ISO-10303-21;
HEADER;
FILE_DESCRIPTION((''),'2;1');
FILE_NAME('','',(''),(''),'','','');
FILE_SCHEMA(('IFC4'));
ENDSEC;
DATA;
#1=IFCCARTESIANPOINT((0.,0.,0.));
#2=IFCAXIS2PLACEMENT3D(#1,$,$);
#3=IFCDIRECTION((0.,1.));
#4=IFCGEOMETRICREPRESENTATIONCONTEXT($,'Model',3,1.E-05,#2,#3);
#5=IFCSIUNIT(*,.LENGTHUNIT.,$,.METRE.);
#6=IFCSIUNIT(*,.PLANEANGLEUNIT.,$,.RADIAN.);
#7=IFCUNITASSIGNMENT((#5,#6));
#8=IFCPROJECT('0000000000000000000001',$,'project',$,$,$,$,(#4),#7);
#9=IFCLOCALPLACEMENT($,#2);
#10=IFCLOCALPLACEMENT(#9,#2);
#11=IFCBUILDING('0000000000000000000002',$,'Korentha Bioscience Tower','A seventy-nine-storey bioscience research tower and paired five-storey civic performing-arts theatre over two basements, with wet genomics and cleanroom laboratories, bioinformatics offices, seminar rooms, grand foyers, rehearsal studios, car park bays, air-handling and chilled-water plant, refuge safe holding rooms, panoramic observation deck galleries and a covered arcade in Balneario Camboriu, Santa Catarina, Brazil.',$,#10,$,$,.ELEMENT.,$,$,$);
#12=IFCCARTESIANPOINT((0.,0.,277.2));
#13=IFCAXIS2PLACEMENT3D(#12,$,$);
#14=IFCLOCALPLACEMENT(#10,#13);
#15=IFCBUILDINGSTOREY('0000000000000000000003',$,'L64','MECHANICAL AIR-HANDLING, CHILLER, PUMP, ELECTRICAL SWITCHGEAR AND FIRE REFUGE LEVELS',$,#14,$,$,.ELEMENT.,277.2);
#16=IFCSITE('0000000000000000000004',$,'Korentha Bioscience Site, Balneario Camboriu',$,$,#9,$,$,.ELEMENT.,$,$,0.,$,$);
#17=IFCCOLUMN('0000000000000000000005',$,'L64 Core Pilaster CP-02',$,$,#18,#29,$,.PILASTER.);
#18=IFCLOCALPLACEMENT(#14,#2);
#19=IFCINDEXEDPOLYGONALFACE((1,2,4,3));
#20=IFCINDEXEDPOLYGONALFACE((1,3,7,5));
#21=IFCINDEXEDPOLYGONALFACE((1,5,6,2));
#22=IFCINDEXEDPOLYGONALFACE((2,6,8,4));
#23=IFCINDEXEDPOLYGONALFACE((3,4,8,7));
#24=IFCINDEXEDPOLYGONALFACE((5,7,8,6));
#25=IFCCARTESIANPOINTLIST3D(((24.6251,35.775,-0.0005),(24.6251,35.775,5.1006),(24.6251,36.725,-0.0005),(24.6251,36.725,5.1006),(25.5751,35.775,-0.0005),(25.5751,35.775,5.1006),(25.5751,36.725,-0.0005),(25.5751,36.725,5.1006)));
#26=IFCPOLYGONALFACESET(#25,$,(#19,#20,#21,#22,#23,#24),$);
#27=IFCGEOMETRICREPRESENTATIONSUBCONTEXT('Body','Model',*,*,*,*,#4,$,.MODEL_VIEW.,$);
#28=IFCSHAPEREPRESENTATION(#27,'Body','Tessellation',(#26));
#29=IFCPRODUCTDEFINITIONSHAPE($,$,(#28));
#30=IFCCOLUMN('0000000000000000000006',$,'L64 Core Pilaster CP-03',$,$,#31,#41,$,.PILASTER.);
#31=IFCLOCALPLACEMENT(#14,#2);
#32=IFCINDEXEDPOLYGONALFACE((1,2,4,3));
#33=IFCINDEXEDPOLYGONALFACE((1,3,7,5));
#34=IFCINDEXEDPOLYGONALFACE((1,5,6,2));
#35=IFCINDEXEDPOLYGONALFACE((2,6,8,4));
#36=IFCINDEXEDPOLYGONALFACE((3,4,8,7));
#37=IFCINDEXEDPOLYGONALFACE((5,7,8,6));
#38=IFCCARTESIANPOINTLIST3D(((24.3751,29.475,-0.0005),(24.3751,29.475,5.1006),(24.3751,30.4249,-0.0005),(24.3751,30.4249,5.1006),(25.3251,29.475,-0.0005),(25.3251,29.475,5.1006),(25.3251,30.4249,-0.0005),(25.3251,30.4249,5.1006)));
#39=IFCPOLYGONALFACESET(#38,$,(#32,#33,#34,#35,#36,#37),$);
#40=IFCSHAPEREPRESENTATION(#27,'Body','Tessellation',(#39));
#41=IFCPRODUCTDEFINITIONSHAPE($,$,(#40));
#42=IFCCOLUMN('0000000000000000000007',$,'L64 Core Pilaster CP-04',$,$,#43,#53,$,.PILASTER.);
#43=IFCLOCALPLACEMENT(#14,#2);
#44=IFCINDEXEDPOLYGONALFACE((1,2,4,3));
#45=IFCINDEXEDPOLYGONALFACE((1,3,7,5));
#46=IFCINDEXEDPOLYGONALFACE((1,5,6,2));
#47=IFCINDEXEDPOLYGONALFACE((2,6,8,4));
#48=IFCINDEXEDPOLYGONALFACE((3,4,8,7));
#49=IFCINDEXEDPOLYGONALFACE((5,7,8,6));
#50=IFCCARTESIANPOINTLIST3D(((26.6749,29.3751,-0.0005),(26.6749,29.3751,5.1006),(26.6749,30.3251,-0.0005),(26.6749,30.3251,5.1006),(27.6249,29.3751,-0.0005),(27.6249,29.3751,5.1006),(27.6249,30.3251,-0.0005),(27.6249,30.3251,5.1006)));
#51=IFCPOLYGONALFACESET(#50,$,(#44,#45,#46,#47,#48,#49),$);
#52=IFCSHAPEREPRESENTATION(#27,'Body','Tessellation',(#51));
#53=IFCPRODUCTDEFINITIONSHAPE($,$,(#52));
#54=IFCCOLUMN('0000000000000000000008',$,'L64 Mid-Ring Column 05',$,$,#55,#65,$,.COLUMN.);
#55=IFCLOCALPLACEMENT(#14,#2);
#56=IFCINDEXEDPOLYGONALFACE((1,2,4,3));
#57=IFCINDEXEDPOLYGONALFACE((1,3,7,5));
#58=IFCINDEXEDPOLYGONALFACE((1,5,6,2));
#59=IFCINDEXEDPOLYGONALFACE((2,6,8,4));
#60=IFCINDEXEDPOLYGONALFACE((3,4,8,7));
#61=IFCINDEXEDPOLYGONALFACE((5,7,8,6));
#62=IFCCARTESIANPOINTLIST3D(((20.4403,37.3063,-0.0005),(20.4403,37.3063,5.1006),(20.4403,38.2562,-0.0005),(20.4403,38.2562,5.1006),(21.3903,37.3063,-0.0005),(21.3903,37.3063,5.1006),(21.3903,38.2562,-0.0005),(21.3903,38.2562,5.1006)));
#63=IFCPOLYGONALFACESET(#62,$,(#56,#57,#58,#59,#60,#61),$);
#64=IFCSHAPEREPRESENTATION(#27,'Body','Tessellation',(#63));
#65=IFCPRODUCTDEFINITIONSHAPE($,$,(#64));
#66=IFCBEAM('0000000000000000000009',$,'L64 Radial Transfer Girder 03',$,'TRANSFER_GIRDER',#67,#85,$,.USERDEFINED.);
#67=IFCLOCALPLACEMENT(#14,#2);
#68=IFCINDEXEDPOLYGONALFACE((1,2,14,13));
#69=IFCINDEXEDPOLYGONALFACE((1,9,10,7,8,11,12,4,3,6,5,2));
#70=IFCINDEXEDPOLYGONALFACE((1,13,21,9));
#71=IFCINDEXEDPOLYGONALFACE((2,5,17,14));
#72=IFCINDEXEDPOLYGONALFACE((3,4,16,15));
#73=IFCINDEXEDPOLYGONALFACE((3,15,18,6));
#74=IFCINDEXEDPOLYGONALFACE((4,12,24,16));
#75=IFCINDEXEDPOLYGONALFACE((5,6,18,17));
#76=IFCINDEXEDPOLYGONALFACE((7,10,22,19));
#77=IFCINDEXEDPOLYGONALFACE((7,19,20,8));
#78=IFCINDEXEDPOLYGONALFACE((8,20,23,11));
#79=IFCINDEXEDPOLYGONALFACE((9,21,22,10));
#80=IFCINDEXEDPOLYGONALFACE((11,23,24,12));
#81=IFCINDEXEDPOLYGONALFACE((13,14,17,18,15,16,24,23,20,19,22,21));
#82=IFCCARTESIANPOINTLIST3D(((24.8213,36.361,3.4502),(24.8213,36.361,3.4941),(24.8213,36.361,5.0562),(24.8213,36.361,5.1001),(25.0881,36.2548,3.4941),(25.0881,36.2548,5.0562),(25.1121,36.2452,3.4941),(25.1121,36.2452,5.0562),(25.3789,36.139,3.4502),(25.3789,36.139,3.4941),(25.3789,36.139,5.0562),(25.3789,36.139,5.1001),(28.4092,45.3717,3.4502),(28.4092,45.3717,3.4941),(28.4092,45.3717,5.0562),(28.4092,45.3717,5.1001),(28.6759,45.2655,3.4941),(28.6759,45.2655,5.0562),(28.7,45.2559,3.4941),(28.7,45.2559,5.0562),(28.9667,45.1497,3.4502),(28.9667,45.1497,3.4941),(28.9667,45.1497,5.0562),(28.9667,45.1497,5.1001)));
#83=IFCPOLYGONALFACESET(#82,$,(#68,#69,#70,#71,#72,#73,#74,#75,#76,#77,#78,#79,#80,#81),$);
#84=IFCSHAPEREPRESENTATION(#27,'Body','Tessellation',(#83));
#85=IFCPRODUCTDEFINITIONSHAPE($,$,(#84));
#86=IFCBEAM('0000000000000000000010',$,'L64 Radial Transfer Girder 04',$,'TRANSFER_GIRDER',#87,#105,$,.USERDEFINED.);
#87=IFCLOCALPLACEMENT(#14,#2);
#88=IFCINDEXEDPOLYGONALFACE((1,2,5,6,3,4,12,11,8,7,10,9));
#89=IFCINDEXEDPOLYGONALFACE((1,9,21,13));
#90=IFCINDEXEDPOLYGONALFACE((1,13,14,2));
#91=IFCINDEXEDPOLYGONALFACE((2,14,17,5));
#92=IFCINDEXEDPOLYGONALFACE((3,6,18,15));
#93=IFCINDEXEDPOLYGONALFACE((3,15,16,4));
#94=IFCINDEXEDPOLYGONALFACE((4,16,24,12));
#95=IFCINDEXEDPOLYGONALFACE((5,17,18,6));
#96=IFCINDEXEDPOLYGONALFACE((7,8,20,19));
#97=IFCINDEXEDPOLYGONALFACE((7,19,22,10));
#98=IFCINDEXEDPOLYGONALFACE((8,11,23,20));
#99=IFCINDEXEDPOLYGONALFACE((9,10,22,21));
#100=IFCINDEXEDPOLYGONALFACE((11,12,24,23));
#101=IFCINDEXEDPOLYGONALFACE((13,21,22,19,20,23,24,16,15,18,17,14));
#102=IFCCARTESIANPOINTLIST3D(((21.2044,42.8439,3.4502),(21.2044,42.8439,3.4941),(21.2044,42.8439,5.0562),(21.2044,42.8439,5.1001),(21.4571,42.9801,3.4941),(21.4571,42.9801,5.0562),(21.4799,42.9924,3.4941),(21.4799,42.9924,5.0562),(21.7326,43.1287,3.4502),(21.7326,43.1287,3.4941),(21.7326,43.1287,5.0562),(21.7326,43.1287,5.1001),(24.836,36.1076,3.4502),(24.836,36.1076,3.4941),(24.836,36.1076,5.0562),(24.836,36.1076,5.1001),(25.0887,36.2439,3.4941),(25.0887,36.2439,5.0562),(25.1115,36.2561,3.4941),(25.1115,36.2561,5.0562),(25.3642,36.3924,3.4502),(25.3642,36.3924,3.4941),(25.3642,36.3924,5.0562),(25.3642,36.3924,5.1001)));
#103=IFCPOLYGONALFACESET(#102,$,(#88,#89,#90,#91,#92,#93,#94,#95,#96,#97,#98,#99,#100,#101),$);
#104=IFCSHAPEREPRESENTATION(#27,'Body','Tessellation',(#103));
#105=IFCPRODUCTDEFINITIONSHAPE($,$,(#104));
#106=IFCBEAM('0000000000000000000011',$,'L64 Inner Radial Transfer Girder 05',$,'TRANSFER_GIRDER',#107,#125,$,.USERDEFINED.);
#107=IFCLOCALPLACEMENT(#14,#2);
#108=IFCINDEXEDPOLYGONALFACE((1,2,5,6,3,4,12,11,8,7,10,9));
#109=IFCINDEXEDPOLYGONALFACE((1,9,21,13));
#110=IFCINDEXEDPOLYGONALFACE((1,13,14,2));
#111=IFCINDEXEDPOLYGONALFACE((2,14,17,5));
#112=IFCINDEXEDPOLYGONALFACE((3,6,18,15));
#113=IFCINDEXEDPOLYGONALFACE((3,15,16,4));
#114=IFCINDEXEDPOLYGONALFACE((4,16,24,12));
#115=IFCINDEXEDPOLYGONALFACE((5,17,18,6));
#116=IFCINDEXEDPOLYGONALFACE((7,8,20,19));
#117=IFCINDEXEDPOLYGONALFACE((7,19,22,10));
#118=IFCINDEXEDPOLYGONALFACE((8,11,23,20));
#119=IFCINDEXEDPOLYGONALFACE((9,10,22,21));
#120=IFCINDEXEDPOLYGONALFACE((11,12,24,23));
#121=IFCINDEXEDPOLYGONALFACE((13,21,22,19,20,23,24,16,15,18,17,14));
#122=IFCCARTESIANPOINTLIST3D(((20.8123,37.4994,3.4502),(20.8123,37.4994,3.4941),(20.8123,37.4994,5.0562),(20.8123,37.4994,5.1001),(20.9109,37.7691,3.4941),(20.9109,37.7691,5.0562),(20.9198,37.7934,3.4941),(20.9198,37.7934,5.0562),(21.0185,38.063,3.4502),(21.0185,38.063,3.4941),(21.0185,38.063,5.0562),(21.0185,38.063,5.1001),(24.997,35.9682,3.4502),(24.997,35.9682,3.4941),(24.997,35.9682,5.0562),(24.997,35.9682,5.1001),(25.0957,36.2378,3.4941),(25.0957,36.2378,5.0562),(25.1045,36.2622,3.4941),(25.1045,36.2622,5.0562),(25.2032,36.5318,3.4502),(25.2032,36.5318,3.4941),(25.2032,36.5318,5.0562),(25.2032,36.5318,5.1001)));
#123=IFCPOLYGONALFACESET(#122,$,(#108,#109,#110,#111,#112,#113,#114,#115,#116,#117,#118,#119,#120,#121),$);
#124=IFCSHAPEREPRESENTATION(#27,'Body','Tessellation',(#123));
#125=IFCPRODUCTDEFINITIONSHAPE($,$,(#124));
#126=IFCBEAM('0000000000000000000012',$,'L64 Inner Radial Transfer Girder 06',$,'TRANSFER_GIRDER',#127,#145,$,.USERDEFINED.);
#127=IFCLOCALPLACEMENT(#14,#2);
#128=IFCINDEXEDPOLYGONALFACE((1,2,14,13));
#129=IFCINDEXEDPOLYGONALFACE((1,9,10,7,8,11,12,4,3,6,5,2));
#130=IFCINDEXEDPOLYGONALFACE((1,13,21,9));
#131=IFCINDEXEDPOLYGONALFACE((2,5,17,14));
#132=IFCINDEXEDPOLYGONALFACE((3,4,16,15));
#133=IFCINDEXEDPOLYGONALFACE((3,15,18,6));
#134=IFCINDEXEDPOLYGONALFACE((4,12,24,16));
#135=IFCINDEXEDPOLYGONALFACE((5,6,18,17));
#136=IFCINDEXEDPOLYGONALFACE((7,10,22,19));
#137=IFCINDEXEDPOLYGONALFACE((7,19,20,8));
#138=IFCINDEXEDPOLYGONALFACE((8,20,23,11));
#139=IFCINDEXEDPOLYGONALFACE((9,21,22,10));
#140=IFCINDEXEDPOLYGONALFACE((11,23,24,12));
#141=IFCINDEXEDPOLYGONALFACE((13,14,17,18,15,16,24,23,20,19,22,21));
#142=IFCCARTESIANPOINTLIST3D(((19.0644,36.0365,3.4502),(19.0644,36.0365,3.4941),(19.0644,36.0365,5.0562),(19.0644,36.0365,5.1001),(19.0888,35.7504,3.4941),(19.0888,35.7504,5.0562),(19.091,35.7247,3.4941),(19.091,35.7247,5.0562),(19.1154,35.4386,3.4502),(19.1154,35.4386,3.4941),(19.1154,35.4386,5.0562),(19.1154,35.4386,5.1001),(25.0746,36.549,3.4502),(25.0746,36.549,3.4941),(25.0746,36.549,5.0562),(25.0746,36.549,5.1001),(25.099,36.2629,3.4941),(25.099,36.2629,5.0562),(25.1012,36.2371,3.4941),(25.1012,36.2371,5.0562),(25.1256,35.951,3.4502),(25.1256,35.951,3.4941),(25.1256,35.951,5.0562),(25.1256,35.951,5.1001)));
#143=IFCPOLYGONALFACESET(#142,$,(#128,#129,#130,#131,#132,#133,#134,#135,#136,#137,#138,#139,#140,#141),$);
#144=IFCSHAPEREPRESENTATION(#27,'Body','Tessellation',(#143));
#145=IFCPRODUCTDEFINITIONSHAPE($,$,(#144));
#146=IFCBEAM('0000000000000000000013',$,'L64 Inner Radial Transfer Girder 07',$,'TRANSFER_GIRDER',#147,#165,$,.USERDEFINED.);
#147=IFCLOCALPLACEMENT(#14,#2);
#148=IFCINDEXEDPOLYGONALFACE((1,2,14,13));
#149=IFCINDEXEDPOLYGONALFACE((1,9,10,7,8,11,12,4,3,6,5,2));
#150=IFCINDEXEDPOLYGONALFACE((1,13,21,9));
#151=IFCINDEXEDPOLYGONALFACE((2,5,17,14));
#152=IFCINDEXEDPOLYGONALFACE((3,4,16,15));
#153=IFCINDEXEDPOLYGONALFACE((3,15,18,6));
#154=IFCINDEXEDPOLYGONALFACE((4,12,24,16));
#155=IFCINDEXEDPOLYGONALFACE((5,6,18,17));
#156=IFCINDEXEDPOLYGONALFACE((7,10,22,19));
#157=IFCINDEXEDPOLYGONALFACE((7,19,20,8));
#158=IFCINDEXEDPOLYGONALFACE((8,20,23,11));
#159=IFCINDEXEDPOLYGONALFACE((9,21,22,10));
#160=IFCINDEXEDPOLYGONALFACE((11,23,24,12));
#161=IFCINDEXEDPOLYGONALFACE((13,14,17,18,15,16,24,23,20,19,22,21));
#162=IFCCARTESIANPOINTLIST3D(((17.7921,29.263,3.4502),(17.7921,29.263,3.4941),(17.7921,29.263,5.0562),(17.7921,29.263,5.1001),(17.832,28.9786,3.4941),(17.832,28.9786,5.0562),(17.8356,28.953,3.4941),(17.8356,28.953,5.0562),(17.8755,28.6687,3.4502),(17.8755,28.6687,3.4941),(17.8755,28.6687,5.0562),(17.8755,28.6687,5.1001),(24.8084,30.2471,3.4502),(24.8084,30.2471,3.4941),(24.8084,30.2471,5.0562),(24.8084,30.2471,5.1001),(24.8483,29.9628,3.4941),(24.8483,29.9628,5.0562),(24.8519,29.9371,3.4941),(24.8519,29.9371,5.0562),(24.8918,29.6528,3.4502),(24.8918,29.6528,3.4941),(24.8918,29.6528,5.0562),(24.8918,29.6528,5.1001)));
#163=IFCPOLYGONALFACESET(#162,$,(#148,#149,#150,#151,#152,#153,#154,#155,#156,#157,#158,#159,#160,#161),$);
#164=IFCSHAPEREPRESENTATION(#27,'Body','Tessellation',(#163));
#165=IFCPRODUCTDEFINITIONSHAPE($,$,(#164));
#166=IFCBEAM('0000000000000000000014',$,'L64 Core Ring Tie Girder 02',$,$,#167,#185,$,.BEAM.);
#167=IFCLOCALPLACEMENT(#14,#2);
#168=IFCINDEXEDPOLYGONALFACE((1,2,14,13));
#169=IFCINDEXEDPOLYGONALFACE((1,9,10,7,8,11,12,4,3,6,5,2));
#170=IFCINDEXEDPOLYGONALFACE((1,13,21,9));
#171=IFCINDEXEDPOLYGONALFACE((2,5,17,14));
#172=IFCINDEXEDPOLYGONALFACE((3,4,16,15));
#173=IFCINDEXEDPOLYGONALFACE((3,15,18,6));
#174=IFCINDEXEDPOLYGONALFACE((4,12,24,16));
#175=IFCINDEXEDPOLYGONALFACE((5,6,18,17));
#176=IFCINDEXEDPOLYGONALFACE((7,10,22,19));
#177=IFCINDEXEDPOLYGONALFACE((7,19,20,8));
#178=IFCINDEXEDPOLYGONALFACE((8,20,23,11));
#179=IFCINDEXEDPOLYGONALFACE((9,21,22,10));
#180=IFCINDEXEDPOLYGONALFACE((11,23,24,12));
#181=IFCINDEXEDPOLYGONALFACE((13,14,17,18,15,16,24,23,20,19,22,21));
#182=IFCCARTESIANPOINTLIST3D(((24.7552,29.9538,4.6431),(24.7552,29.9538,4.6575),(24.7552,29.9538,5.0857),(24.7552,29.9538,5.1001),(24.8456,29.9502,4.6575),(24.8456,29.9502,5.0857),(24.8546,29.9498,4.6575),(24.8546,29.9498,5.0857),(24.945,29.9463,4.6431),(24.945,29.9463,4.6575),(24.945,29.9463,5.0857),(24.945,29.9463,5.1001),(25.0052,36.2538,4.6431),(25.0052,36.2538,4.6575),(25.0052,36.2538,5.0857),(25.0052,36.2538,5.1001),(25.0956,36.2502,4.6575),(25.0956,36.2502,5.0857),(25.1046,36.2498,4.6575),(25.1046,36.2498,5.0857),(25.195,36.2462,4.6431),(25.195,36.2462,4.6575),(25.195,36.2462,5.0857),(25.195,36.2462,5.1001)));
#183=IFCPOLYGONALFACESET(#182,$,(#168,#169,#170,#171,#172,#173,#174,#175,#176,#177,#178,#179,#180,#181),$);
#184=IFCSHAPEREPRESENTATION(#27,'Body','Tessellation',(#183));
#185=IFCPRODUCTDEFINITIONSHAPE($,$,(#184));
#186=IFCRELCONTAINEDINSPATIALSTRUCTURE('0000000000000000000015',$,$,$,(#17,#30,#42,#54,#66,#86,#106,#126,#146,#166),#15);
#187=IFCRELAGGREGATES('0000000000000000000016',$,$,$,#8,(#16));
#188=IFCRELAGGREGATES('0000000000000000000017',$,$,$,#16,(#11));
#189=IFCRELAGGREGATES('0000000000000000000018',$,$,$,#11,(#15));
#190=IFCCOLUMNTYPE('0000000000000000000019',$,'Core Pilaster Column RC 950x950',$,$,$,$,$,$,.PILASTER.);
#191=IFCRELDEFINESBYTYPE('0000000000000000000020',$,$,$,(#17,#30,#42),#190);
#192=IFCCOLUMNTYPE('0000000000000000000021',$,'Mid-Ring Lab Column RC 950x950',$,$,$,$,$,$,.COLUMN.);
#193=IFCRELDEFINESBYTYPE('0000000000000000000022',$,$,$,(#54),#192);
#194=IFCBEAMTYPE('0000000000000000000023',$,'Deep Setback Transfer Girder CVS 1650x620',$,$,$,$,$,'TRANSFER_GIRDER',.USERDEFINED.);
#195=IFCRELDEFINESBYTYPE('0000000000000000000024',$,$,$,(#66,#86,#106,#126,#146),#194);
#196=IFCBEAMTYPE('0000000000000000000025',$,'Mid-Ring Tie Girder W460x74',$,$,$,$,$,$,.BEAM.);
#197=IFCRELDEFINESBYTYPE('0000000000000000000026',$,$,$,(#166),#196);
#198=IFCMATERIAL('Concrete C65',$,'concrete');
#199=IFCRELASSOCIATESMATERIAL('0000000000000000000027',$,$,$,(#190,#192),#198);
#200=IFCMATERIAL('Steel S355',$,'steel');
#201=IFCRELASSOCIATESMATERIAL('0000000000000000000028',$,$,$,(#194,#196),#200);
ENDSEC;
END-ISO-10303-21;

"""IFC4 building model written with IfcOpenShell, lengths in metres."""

from ifc_helpers import new_model, si_unit, direction, frame, origin, origin_2d, place, context, subcontext, project, spatial, rectangle, i_section, extrude, material, material_profile, profile_set, type_object, element, save


model = new_model("IFC4")

# Units and contexts
model_context = context("Model", 3, precision=1e-05, world=origin(), true_north=direction((0.0, 1.0)))
body_context = subcontext(model_context, "Body", "Model", "MODEL_VIEW")
ifc_project = project(units=[si_unit("LENGTHUNIT", "METRE"), si_unit("PLANEANGLEUNIT", "RADIAN")], contexts=[model_context])

# Site, building, storey
site_placement = place(None, origin())
site = spatial("IfcSite", under=ifc_project, at=site_placement, Name="Korentha Bioscience Site, Balneario Camboriu", CompositionType="ELEMENT", RefElevation=0.0)
building_placement = place(site_placement, origin())
building = spatial("IfcBuilding", under=site, at=building_placement, Name="Korentha Bioscience Tower", Description="A seventy-nine-storey bioscience research tower and paired five-storey civic performing-arts theatre over two basements, with wet genomics and cleanroom laboratories, bioinformatics offices, seminar rooms, grand foyers, rehearsal studios, car park bays, air-handling and chilled-water plant, refuge safe holding rooms, panoramic observation deck galleries and a covered arcade in Balneario Camboriu, Santa Catarina, Brazil.", CompositionType="ELEMENT")
storey_placement = place(building_placement, frame((0.0, 0.0, 277.2)))
storey = spatial("IfcBuildingStorey", under=building, at=storey_placement, Name="L64", Description="MECHANICAL AIR-HANDLING, CHILLER, PUMP, ELECTRICAL SWITCHGEAR AND FIRE REFUGE LEVELS", CompositionType="ELEMENT", Elevation=277.2)

# Columns
ifc_material_1 = material(Name="Concrete C65", Category="concrete")
ifc_material_profile_1 = material_profile(ifc_material_1, rectangle(XDim=0.95, YDim=0.95, at=origin_2d()), Name="Concrete C65")
ifc_profile_set_1 = profile_set([ifc_material_profile_1], Name="Concrete C65 (COL-CP09)")
column_type_1 = type_object("IfcColumnType", Name="Core Pilaster Column RC 950x950", PredefinedType="PILASTER", material=ifc_profile_set_1)
for number, where, z_axis, x_axis, name in (
    (1, (25.1001, 36.25, -0.0005), (0.0, 0.0, 1.0), (1.0, 0.0, 0.0), "L64 Core Pilaster CP-02"),
    (2, (24.8501, 29.95, -0.0005), (0.0, 0.0, 1.0), (1.0, 0.0, 0.0), "L64 Core Pilaster CP-03"),
    (3, (27.1499, 29.8501, -0.0005), (0.0, 0.0, 1.0), (1.0, 0.0, 0.0), "L64 Core Pilaster CP-04"),
):
    element("IfcColumn", number, at=place(storey_placement, frame(where, z_axis=z_axis, x_axis=x_axis)), inside=storey, type_object=column_type_1, Name=name, PredefinedType="PILASTER", context=body_context, shape_type="SweptSolid", body=[
        extrude(rectangle(XDim=0.95, YDim=0.95, at=origin_2d()), origin(), (0.0, 0.0, 1.0), 5.1011),
    ])
ifc_material_profile_2 = material_profile(ifc_material_1, rectangle(XDim=0.95, YDim=0.95, at=origin_2d()), Name="Concrete C65")
ifc_profile_set_2 = profile_set([ifc_material_profile_2], Name="Concrete C65 (COL-MR09)")
column_type_2 = type_object("IfcColumnType", Name="Mid-Ring Lab Column RC 950x950", PredefinedType="COLUMN", material=ifc_profile_set_2)
column_placement = place(storey_placement, frame((20.9153, 37.7812, -0.0005), z_axis=(0.0, 0.0, 1.0), x_axis=(1.0, 0.0, 0.0)))
element("IfcColumn", 4, at=column_placement, inside=storey, type_object=column_type_2, Name="L64 Mid-Ring Column 05", PredefinedType="COLUMN", context=body_context, shape_type="SweptSolid", body=[
    extrude(rectangle(XDim=0.95, YDim=0.95, at=origin_2d()), origin(), (0.0, 0.0, 1.0), 5.1011),
])

# Beams
ifc_material_2 = material(Name="Steel S355", Category="steel")
ifc_material_profile_3 = material_profile(ifc_material_2, i_section(OverallWidth=0.6001, OverallDepth=1.6499, WebThickness=0.0259, FlangeThickness=0.0439, at=origin_2d()), Name="Steel S355")
ifc_profile_set_3 = profile_set([ifc_material_profile_3], Name="Steel S355 (TG-04)")
beam_type_1 = type_object("IfcBeamType", Name="Deep Setback Transfer Girder CVS 1650x620", ElementType="TRANSFER_GIRDER", PredefinedType="USERDEFINED", material=ifc_profile_set_3)
beam_1_placement = place(storey_placement, frame((25.1001, 36.25, 4.2751), z_axis=(0.369932, 0.929059, 0.0), x_axis=(-0.929059, 0.369932, 0.0)))
element("IfcBeam", 5, at=beam_1_placement, inside=storey, type_object=beam_type_1, Name="L64 Radial Transfer Girder 03", ObjectType="TRANSFER_GIRDER", PredefinedType="USERDEFINED", context=body_context, shape_type="SweptSolid", body=[
    extrude(i_section(OverallWidth=0.6001, OverallDepth=1.6499, WebThickness=0.0259, FlangeThickness=0.0439, at=origin_2d()), origin(), (0.0, 0.0, 1.0), 9.6987),
])
beam_2_placement = place(storey_placement, frame((25.1001, 36.25, 4.2751), z_axis=(-0.474539, 0.880234, 0.0), x_axis=(-0.880234, -0.474539, 0.0)))
element("IfcBeam", 6, at=beam_2_placement, inside=storey, type_object=beam_type_1, Name="L64 Radial Transfer Girder 04", ObjectType="TRANSFER_GIRDER", PredefinedType="USERDEFINED", context=body_context, shape_type="SweptSolid", body=[
    extrude(i_section(OverallWidth=0.6001, OverallDepth=1.6499, WebThickness=0.0259, FlangeThickness=0.0439, at=origin_2d()), origin(), (0.0, 0.0, 1.0), 7.6528),
])
beam_3_placement = place(storey_placement, frame((25.1001, 36.25, 4.2751), z_axis=(-0.939107, 0.343625, 0.0), x_axis=(-0.343625, -0.939107, 0.0)))
element("IfcBeam", 7, at=beam_3_placement, inside=storey, type_object=beam_type_1, Name="L64 Inner Radial Transfer Girder 05", ObjectType="TRANSFER_GIRDER", PredefinedType="USERDEFINED", context=body_context, shape_type="SweptSolid", body=[
    extrude(i_section(OverallWidth=0.6001, OverallDepth=1.6499, WebThickness=0.0259, FlangeThickness=0.0439, at=origin_2d()), origin(), (0.0, 0.0, 1.0), 4.4561),
])
beam_4_placement = place(storey_placement, frame((25.1001, 36.25, 4.2751), z_axis=(-0.996385, -0.084955, 0.0), x_axis=(0.084955, -0.996385, 0.0)))
element("IfcBeam", 8, at=beam_4_placement, inside=storey, type_object=beam_type_1, Name="L64 Inner Radial Transfer Girder 06", ObjectType="TRANSFER_GIRDER", PredefinedType="USERDEFINED", context=body_context, shape_type="SweptSolid", body=[
    extrude(i_section(OverallWidth=0.6001, OverallDepth=1.6499, WebThickness=0.0259, FlangeThickness=0.0439, at=origin_2d()), origin(), (0.0, 0.0, 1.0), 6.032),
])
beam_5_placement = place(storey_placement, frame((24.8501, 29.95, 4.2751), z_axis=(-0.990306, -0.138903, 0.0), x_axis=(0.138903, -0.990306, 0.0)))
element("IfcBeam", 9, at=beam_5_placement, inside=storey, type_object=beam_type_1, Name="L64 Inner Radial Transfer Girder 07", ObjectType="TRANSFER_GIRDER", PredefinedType="USERDEFINED", context=body_context, shape_type="SweptSolid", body=[
    extrude(i_section(OverallWidth=0.6001, OverallDepth=1.6499, WebThickness=0.0259, FlangeThickness=0.0439, at=origin_2d()), origin(), (0.0, 0.0, 1.0), 7.085),
])
ifc_material_profile_4 = material_profile(ifc_material_2, i_section(OverallWidth=0.1899, OverallDepth=0.457, WebThickness=0.009, FlangeThickness=0.0144, at=origin_2d()), Name="Steel S355")
ifc_profile_set_4 = profile_set([ifc_material_profile_4], Name="Steel S355 (MB-460)")
beam_type_2 = type_object("IfcBeamType", Name="Mid-Ring Tie Girder W460x74", PredefinedType="BEAM", material=ifc_profile_set_4)
beam_6_placement = place(storey_placement, frame((25.1001, 36.25, 4.8716), z_axis=(-0.039651, -0.999214, 0.0), x_axis=(0.999214, -0.039651, 0.0)))
element("IfcBeam", 10, at=beam_6_placement, inside=storey, type_object=beam_type_2, Name="L64 Core Ring Tie Girder 02", PredefinedType="BEAM", context=body_context, shape_type="SweptSolid", body=[
    extrude(i_section(OverallWidth=0.1899, OverallDepth=0.457, WebThickness=0.009, FlangeThickness=0.0144, at=origin_2d()), origin(), (0.0, 0.0, 1.0), 6.3049),
])

save(model, "model.ifc")
